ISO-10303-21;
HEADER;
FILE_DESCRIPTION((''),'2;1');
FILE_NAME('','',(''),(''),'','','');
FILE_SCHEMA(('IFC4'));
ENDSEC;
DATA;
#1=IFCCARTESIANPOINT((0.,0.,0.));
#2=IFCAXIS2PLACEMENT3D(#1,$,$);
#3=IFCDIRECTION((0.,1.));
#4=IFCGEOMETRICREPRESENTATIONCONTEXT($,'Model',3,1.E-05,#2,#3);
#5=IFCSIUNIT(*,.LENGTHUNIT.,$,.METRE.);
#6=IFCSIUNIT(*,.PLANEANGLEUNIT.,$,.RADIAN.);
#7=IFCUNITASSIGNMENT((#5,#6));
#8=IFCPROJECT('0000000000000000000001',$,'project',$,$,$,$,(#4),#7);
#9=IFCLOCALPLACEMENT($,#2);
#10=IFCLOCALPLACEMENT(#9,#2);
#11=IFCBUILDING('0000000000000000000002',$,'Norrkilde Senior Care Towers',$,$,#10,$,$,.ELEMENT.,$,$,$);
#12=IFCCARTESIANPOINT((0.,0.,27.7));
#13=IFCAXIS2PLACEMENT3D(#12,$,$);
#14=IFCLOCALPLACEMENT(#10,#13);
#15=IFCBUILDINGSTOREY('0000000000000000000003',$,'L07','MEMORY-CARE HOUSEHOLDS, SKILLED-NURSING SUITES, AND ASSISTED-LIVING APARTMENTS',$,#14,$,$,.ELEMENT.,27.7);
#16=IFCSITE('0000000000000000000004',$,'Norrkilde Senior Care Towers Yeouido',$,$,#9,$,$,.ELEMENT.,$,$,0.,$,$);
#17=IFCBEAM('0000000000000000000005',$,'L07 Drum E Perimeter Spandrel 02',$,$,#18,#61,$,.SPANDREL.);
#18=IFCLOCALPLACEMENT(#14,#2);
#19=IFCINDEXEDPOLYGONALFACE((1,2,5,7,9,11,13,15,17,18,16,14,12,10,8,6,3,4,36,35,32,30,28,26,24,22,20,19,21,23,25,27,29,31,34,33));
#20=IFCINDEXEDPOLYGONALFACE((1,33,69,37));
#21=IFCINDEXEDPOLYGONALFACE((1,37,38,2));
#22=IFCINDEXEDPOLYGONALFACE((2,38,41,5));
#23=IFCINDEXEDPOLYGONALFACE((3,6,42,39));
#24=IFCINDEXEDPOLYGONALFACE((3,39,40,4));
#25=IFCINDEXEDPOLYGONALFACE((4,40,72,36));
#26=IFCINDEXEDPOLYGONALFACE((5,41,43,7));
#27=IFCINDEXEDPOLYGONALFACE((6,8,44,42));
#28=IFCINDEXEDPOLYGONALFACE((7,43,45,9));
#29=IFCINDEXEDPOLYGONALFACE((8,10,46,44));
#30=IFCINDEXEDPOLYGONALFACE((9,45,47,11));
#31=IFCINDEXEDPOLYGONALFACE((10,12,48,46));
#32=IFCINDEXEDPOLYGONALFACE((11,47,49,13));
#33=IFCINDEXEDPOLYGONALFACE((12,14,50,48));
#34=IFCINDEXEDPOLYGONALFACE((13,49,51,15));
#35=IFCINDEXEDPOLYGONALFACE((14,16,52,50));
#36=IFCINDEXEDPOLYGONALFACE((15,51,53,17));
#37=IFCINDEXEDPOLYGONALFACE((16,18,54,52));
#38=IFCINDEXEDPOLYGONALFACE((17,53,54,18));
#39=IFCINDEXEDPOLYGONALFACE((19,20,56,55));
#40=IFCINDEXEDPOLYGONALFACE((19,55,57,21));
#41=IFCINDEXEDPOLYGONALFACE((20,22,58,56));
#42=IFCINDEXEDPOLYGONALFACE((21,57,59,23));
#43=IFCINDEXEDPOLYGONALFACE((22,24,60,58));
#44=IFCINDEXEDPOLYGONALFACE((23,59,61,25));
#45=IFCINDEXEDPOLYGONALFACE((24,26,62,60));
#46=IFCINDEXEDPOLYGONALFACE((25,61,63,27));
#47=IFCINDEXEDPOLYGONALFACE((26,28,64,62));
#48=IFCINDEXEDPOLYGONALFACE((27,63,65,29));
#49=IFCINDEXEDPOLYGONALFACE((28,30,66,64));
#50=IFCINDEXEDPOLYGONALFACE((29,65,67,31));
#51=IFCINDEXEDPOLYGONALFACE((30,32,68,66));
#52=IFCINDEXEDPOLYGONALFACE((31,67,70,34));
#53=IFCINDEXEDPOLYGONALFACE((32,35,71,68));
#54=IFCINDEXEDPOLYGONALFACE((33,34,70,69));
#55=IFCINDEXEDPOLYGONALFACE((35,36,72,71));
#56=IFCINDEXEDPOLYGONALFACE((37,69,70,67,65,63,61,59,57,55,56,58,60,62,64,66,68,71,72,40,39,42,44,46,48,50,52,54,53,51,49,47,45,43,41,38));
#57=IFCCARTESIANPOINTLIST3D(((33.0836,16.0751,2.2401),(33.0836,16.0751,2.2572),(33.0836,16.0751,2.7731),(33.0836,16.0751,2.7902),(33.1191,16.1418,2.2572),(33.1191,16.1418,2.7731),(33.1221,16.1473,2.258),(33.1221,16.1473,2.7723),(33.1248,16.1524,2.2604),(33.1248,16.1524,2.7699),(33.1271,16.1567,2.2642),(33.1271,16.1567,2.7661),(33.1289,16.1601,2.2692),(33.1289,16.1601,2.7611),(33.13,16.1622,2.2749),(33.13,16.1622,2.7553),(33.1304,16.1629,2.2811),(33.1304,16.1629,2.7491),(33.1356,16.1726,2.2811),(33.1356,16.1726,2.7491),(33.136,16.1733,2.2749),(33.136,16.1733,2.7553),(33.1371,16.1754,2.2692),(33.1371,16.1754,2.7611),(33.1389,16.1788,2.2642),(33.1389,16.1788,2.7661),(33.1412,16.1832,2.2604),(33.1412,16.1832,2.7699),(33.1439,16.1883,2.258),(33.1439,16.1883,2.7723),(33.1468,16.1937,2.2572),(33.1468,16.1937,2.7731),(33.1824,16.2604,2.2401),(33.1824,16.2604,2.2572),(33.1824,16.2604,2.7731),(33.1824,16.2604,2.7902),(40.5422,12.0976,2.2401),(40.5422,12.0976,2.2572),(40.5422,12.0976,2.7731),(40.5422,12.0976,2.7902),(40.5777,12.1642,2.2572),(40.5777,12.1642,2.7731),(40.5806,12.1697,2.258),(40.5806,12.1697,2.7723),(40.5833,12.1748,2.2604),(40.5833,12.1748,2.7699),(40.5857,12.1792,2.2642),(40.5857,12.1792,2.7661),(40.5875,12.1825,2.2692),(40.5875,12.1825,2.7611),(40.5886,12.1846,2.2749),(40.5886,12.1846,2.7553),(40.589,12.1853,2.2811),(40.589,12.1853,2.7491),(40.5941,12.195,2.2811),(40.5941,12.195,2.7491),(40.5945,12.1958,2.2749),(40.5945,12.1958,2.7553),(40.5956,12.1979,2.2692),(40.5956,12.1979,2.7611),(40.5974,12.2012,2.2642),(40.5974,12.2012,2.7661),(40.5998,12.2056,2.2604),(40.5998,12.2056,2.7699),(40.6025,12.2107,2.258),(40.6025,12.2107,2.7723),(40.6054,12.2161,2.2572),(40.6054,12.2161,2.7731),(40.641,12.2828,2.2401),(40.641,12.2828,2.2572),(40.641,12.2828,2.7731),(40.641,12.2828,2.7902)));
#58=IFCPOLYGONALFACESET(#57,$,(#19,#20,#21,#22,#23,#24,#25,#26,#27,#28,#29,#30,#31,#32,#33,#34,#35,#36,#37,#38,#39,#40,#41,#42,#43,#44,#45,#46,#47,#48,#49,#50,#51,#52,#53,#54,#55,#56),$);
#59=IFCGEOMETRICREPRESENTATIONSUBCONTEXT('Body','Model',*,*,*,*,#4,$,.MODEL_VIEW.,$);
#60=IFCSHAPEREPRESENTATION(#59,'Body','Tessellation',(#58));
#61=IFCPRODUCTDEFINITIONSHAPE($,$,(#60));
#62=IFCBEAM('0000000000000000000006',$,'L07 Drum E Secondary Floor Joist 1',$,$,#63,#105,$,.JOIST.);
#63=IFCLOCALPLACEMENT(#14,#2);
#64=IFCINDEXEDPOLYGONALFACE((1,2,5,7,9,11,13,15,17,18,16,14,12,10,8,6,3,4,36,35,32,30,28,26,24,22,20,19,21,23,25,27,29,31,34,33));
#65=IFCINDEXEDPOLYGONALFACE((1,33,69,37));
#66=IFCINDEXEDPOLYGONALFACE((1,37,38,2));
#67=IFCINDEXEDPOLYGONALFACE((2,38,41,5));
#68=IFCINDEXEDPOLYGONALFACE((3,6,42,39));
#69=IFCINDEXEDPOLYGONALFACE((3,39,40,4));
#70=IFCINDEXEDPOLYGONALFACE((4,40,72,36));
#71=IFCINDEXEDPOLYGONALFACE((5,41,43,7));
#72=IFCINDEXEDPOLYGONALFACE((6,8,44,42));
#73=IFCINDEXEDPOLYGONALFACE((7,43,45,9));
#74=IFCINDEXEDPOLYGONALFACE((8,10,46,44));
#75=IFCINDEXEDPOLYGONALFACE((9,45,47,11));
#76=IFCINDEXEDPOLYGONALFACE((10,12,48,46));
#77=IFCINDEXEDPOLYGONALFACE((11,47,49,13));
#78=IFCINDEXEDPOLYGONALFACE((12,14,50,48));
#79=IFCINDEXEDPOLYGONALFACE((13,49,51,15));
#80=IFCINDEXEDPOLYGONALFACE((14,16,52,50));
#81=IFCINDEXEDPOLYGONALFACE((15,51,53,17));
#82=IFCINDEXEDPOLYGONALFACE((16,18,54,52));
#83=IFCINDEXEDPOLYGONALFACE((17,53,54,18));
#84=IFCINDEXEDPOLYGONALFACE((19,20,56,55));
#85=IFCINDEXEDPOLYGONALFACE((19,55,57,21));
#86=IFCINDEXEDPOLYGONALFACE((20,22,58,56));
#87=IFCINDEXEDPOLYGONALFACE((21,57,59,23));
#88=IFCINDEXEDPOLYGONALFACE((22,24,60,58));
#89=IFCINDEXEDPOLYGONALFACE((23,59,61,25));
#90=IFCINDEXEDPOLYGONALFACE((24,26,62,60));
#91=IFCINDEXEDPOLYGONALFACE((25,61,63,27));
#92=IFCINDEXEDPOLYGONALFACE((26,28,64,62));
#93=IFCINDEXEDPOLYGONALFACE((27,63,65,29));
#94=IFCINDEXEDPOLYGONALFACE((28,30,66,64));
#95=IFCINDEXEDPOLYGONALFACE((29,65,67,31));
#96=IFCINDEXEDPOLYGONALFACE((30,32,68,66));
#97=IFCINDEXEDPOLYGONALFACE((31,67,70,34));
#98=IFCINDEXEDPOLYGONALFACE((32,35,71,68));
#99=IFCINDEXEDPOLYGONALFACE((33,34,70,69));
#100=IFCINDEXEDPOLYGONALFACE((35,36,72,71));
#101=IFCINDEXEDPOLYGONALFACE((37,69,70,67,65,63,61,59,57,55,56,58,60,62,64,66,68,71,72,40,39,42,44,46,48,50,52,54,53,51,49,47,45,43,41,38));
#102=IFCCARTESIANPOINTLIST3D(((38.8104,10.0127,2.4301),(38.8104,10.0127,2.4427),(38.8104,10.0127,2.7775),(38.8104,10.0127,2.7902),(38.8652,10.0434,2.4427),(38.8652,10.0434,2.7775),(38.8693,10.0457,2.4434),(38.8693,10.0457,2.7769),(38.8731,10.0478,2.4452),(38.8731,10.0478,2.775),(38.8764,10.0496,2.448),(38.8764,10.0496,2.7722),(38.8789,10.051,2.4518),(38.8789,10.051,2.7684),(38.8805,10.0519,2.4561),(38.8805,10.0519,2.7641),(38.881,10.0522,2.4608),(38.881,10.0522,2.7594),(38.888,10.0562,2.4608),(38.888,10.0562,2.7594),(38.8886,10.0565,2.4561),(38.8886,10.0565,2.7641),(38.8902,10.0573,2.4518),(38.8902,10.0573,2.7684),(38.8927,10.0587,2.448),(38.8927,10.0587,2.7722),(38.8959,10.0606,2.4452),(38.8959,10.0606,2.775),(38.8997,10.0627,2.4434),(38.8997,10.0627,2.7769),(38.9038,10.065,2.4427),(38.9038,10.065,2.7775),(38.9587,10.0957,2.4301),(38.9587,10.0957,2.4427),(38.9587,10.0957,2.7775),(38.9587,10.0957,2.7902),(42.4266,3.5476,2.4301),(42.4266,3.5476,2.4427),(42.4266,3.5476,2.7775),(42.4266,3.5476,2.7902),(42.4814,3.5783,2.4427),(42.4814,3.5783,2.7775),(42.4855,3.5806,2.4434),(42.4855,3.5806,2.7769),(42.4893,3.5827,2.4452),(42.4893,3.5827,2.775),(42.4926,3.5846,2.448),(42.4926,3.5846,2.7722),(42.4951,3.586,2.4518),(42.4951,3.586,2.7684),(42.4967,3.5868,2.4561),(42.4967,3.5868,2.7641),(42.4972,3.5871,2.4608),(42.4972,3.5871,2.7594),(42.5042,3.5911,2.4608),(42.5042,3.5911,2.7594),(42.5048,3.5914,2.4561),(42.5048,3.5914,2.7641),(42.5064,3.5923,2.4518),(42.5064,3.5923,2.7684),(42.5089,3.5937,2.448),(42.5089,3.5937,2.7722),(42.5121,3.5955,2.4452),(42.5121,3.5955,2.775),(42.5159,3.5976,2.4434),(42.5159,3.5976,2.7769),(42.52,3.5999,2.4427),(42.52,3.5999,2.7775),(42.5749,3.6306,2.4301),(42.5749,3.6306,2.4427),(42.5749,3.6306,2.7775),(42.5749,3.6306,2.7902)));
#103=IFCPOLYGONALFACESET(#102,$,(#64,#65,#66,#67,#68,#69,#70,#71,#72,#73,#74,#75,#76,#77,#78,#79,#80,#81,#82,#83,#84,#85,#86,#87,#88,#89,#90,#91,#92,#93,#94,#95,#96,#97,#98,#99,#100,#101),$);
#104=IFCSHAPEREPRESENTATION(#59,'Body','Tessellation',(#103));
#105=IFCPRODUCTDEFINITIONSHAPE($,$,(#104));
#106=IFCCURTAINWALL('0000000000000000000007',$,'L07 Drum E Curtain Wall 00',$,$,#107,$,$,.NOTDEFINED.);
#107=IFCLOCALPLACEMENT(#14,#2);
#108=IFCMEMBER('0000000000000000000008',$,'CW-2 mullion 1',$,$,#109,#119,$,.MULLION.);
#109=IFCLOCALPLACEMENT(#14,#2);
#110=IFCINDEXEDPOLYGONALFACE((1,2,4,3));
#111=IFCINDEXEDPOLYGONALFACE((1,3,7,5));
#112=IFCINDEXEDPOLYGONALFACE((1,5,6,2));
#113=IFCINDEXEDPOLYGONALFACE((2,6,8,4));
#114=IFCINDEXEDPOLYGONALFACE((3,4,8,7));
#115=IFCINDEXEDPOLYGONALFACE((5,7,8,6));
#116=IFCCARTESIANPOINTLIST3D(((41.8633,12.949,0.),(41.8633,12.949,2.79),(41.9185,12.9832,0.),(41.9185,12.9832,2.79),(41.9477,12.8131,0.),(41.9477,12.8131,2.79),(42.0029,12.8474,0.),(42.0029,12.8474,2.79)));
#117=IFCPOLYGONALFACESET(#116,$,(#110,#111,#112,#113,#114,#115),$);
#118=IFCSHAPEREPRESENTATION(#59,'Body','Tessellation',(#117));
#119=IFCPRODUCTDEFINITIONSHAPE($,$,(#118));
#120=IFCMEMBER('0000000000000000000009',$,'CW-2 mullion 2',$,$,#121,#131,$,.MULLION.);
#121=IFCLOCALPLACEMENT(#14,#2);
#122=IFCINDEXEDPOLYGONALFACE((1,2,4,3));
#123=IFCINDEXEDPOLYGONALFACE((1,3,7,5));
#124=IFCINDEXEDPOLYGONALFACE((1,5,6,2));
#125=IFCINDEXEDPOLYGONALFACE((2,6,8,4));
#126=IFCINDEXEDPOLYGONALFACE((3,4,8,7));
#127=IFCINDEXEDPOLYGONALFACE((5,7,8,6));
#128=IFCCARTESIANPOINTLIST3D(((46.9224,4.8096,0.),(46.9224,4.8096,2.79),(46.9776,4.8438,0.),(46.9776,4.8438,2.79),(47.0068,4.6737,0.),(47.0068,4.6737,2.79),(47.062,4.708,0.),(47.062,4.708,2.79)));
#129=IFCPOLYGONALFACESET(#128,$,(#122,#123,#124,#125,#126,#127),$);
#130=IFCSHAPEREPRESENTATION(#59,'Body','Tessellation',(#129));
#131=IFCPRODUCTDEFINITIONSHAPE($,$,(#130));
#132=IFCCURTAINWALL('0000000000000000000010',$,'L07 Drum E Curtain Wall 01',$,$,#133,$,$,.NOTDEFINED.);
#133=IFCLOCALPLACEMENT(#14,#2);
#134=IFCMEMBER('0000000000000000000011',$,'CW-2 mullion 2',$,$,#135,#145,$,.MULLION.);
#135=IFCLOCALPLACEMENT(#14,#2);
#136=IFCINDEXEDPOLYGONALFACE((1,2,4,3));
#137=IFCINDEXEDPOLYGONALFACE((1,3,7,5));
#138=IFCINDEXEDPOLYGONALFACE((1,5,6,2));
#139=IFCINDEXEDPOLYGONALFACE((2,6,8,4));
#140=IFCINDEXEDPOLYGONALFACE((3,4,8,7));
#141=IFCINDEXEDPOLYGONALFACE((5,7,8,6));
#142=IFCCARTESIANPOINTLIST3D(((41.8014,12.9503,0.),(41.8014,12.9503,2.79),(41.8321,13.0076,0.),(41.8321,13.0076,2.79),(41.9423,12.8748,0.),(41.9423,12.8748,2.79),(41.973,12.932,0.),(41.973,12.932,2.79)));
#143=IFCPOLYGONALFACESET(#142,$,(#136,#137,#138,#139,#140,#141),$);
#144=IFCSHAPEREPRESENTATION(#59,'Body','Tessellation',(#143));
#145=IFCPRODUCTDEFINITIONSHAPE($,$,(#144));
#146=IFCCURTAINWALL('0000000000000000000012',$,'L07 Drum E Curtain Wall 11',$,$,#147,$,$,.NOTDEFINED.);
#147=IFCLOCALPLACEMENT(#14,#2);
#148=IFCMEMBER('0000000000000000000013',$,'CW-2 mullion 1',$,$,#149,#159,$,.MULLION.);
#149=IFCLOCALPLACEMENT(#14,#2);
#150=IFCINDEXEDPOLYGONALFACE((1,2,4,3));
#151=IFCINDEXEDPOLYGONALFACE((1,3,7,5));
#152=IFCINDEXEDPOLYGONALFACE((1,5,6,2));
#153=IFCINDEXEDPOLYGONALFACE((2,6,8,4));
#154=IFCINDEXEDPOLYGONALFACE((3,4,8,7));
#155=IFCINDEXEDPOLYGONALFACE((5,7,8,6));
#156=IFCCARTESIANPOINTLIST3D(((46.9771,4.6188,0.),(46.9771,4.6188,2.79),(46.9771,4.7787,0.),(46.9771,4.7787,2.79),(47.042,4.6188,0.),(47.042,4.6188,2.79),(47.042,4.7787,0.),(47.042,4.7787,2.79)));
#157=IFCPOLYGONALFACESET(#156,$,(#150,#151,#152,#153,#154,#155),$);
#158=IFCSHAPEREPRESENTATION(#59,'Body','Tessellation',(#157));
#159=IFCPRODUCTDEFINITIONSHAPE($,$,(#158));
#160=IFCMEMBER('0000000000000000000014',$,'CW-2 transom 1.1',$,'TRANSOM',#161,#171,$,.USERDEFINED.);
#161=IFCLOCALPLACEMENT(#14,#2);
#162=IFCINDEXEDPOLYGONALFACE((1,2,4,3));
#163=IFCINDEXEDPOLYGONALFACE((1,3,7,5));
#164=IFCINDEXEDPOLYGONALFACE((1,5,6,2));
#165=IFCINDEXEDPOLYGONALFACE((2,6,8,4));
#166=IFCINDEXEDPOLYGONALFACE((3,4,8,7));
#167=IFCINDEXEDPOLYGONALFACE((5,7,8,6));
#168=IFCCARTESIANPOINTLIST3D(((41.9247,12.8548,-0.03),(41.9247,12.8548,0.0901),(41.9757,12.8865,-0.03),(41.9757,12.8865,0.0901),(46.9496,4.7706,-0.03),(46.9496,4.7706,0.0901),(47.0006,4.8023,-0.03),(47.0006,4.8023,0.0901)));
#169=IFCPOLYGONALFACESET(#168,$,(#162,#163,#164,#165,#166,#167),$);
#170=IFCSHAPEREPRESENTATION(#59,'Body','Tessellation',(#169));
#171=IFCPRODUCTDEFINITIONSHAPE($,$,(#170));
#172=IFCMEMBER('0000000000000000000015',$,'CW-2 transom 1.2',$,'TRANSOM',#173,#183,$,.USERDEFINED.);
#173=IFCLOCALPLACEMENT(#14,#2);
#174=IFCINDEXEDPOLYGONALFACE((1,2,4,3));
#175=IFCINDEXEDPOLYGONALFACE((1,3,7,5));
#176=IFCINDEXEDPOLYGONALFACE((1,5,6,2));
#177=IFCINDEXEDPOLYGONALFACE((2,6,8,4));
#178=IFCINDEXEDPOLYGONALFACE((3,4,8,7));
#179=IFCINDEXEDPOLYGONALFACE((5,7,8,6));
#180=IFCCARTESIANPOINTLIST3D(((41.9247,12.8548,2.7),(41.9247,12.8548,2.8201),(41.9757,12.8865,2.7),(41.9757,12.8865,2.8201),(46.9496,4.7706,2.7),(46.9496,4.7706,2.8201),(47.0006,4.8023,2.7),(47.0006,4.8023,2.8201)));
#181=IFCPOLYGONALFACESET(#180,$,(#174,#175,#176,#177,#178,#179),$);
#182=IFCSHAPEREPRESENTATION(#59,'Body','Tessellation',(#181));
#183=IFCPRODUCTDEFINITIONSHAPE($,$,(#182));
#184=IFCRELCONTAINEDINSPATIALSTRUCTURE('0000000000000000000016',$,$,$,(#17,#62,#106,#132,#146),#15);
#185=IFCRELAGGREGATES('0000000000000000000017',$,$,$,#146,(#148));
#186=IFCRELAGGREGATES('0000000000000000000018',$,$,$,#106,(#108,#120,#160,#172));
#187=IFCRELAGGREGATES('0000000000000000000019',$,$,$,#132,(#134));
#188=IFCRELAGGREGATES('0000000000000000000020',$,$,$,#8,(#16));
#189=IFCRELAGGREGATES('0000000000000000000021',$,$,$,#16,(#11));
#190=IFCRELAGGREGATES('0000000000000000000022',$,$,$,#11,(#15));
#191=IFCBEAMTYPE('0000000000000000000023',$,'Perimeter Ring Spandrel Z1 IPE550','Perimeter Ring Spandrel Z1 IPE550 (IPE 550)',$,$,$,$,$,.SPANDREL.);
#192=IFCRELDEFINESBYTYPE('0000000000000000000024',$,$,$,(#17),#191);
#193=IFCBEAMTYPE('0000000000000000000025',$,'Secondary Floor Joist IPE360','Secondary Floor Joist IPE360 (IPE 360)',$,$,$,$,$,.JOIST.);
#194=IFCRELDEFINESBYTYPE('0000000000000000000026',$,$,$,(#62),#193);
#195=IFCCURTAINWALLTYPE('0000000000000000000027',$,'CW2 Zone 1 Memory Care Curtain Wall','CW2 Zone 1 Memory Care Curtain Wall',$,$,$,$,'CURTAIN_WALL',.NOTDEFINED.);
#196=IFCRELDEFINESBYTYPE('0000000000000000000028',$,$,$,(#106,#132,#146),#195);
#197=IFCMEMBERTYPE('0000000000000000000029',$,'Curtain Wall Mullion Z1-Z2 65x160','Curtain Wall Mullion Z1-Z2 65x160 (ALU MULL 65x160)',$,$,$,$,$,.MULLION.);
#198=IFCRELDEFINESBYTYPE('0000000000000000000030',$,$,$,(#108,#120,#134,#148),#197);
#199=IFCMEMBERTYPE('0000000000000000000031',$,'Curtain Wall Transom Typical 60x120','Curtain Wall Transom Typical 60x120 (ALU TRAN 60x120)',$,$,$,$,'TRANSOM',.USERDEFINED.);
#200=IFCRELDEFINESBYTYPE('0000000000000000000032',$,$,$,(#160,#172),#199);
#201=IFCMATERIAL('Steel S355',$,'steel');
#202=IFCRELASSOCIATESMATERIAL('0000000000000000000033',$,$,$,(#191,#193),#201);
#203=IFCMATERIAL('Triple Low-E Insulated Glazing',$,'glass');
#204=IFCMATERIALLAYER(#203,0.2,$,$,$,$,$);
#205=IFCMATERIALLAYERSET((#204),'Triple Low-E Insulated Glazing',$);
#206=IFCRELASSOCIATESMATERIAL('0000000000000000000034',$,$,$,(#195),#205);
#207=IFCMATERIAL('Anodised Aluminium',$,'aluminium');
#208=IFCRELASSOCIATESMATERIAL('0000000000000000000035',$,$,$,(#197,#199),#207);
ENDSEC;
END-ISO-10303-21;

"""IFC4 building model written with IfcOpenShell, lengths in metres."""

from ifc_helpers import new_model, si_unit, direction, frame, origin, origin_2d, place, context, subcontext, project, spatial, rectangle, i_section, extrude, source, transform, mapped, material, layer, layer_set, material_profile, profile_set, type_object, type_shapes, element, aggregate, save


model = new_model("IFC4")

# Units and contexts
model_context = context("Model", 3, precision=1e-05, world=origin(), true_north=direction((0.0, 1.0)))
body_context = subcontext(model_context, "Body", "Model", "MODEL_VIEW")
ifc_project = project(units=[si_unit("LENGTHUNIT", "METRE"), si_unit("PLANEANGLEUNIT", "RADIAN")], contexts=[model_context])

# Site, building, storey
site_placement = place(None, origin())
site = spatial("IfcSite", under=ifc_project, at=site_placement, Name="Norrkilde Senior Care Towers Yeouido", CompositionType="ELEMENT", RefElevation=0.0)
building_placement = place(site_placement, origin())
building = spatial("IfcBuilding", under=site, at=building_placement, Name="Norrkilde Senior Care Towers", CompositionType="ELEMENT")
storey_placement = place(building_placement, frame((0.0, 0.0, 27.7)))
storey = spatial("IfcBuildingStorey", under=building, at=storey_placement, Name="L07", Description="MEMORY-CARE HOUSEHOLDS, SKILLED-NURSING SUITES, AND ASSISTED-LIVING APARTMENTS", CompositionType="ELEMENT", Elevation=27.7)

# Beams
ifc_material_1 = material(Name="Steel S355", Category="steel")
ifc_material_profile_1 = material_profile(ifc_material_1, i_section(OverallWidth=0.21, OverallDepth=0.55, WebThickness=0.011, FlangeThickness=0.0171, FilletRadius=0.0239, at=origin_2d()), Name="IPE 550")
ifc_profile_set_1 = profile_set([ifc_material_profile_1], Name="Steel S355")
beam_type_1 = type_object("IfcBeamType", Name="Perimeter Ring Spandrel Z1 IPE550", Description="Perimeter Ring Spandrel Z1 IPE550 (IPE 550)", PredefinedType="SPANDREL", material=ifc_profile_set_1)
shared_shape_1 = source(origin(), body_context, "Body", "SweptSolid", [
    extrude(i_section(OverallWidth=0.21, OverallDepth=0.55, WebThickness=0.011, FlangeThickness=0.0171, FilletRadius=0.0239, at=origin_2d()), origin(), (0.0, 0.0, 1.0), 8.4529),
])
beam_1_placement = place(storey_placement, frame((40.5916, 12.1902, 2.5151), z_axis=(-0.882369, 0.470558, 0.0), x_axis=(-0.470558, -0.882369, 0.0)))
element("IfcBeam", 1, at=beam_1_placement, inside=storey, type_object=beam_type_1, Name="L07 Drum E Perimeter Spandrel 02", PredefinedType="SPANDREL", context=body_context, shape_type="MappedRepresentation", body=[
    mapped(shared_shape_1, transform((0.0, 0.0, 0.0), x_axis=(1.0, 0.0, 0.0), y_axis=(0.0, 1.0, 0.0), z_axis=(0.0, 0.0, 1.0), scale=1.0)),
])
ifc_material_profile_2 = material_profile(ifc_material_1, i_section(OverallWidth=0.1699, OverallDepth=0.3601, WebThickness=0.0081, FlangeThickness=0.0127, FilletRadius=0.0181, at=origin_2d()), Name="IPE 360")
ifc_profile_set_2 = profile_set([ifc_material_profile_2], Name="Steel S355")
beam_type_2 = type_object("IfcBeamType", Name="Secondary Floor Joist IPE360", Description="Secondary Floor Joist IPE360 (IPE 360)", PredefinedType="JOIST", material=ifc_profile_set_2)
shared_shape_2 = source(origin(), body_context, "Body", "SweptSolid", [
    extrude(i_section(OverallWidth=0.1699, OverallDepth=0.3601, WebThickness=0.0081, FlangeThickness=0.0127, FilletRadius=0.0181, at=origin_2d()), origin(), (0.0, 0.0, 1.0), 7.4077),
])
type_shapes(beam_type_2, [shared_shape_2])
beam_2_placement = place(storey_placement, frame((42.5007, 3.5891, 2.6101), z_axis=(-0.488168, 0.87275, 0.0), x_axis=(-0.87275, -0.488168, 0.0)))
element("IfcBeam", 2, at=beam_2_placement, inside=storey, type_object=beam_type_2, Name="L07 Drum E Secondary Floor Joist 1", PredefinedType="JOIST", context=body_context, shape_type="MappedRepresentation", body=[
    mapped(shared_shape_2, transform((0.0, 0.0, 0.0), x_axis=(1.0, 0.0, 0.0), y_axis=(0.0, 1.0, 0.0), z_axis=(0.0, 0.0, 1.0), scale=1.0)),
])

# Curtain wall, members
ifc_material_2 = material(Name="Triple Low-E Insulated Glazing", Category="glass")
ifc_layer_1 = layer(ifc_material_2, 0.2)
ifc_layer_set_1 = layer_set([ifc_layer_1], Name="Triple Low-E Insulated Glazing")
curtain_wall_type = type_object("IfcCurtainWallType", Name="CW2 Zone 1 Memory Care Curtain Wall", Description="CW2 Zone 1 Memory Care Curtain Wall", ElementType="CURTAIN_WALL", PredefinedType="NOTDEFINED", material=ifc_layer_set_1)
curtain_wall_1_placement = place(storey_placement, origin())
curtain_wall_1 = element("IfcCurtainWall", 3, at=curtain_wall_1_placement, inside=storey, type_object=curtain_wall_type, Name="L07 Drum E Curtain Wall 00", PredefinedType="NOTDEFINED")
ifc_material_3 = material(Name="Anodised Aluminium", Category="aluminium")
ifc_material_profile_3 = material_profile(ifc_material_3, rectangle(XDim=0.0649, YDim=0.1599, at=origin_2d()), Name="ALU MULL 65x160")
ifc_profile_set_3 = profile_set([ifc_material_profile_3], Name="Anodised Aluminium")
member_type_1 = type_object("IfcMemberType", Name="Curtain Wall Mullion Z1-Z2 65x160", Description="Curtain Wall Mullion Z1-Z2 65x160 (ALU MULL 65x160)", PredefinedType="MULLION", material=ifc_profile_set_3)
shared_shape_3 = source(origin(), body_context, "Body", "SweptSolid", [
    extrude(rectangle(XDim=0.0649, YDim=0.1599, at=origin_2d()), origin(), (0.0, 0.0, 1.0), 2.79),
])
type_shapes(member_type_1, [shared_shape_3])
member_1_placement = place(storey_placement, frame((41.9331, 12.8982, 0.0), z_axis=(0.0, 0.0, 1.0), x_axis=(0.849306, 0.527901, 0.0)))
member_1 = element("IfcMember", 4, at=member_1_placement, type_object=member_type_1, Name="CW-2 mullion 1", PredefinedType="MULLION", context=body_context, shape_type="MappedRepresentation", body=[
    mapped(shared_shape_3, transform((0.0, 0.0, 0.0), x_axis=(1.0, 0.0, 0.0), y_axis=(0.0, 1.0, 0.0), z_axis=(0.0, 0.0, 1.0), scale=1.0)),
])
member_2_placement = place(storey_placement, frame((46.9922, 4.7588, 0.0), z_axis=(0.0, 0.0, 1.0), x_axis=(0.849306, 0.527901, 0.0)))
member_2 = element("IfcMember", 5, at=member_2_placement, type_object=member_type_1, Name="CW-2 mullion 2", PredefinedType="MULLION", context=body_context, shape_type="MappedRepresentation", body=[
    mapped(shared_shape_3, transform((0.0, 0.0, 0.0), x_axis=(1.0, 0.0, 0.0), y_axis=(0.0, 1.0, 0.0), z_axis=(0.0, 0.0, 1.0), scale=1.0)),
])

# Curtain walls, members
curtain_wall_2_placement = place(storey_placement, origin())
curtain_wall_2 = element("IfcCurtainWall", 6, at=curtain_wall_2_placement, inside=storey, type_object=curtain_wall_type, Name="L07 Drum E Curtain Wall 01", PredefinedType="NOTDEFINED")
member_3_placement = place(storey_placement, frame((41.8872, 12.9412, 0.0), z_axis=(0.0, 0.0, 1.0), x_axis=(0.472608, 0.881273, 0.0)))
member_3 = element("IfcMember", 7, at=member_3_placement, type_object=member_type_1, Name="CW-2 mullion 2", PredefinedType="MULLION", context=body_context, shape_type="MappedRepresentation", body=[
    mapped(shared_shape_3, transform((0.0, 0.0, 0.0), x_axis=(1.0, 0.0, 0.0), y_axis=(0.0, 1.0, 0.0), z_axis=(0.0, 0.0, 1.0), scale=1.0)),
])
curtain_wall_3_placement = place(storey_placement, origin())
curtain_wall_3 = element("IfcCurtainWall", 8, at=curtain_wall_3_placement, inside=storey, type_object=curtain_wall_type, Name="L07 Drum E Curtain Wall 11", PredefinedType="NOTDEFINED")
member_4_placement = place(storey_placement, frame((47.0095, 4.6987, 0.0), z_axis=(0.0, 0.0, 1.0), x_axis=(1.0, 0.0, 0.0)))
member_4 = element("IfcMember", 9, at=member_4_placement, type_object=member_type_1, Name="CW-2 mullion 1", PredefinedType="MULLION", context=body_context, shape_type="MappedRepresentation", body=[
    mapped(shared_shape_3, transform((0.0, 0.0, 0.0), x_axis=(1.0, 0.0, 0.0), y_axis=(0.0, 1.0, 0.0), z_axis=(0.0, 0.0, 1.0), scale=1.0)),
])

# Members
ifc_material_profile_4 = material_profile(ifc_material_3, rectangle(XDim=0.0601, YDim=0.1201, at=origin_2d()), Name="ALU TRAN 60x120")
ifc_profile_set_4 = profile_set([ifc_material_profile_4], Name="Anodised Aluminium")
member_type_2 = type_object("IfcMemberType", Name="Curtain Wall Transom Typical 60x120", Description="Curtain Wall Transom Typical 60x120 (ALU TRAN 60x120)", ElementType="TRANSOM", PredefinedType="USERDEFINED", material=ifc_profile_set_4)
shared_shape_4 = source(origin(), body_context, "Body", "SweptSolid", [
    extrude(rectangle(XDim=0.0601, YDim=0.1201, at=origin_2d()), origin(), (0.0, 0.0, 1.0), 9.5186),
])
member_5_placement = place(storey_placement, frame((41.9502, 12.8706, 0.03), z_axis=(0.527902, -0.849306, 0.0), x_axis=(0.849306, 0.527902, 0.0)))
member_5 = element("IfcMember", 10, at=member_5_placement, type_object=member_type_2, Name="CW-2 transom 1.1", ObjectType="TRANSOM", PredefinedType="USERDEFINED", context=body_context, shape_type="MappedRepresentation", body=[
    mapped(shared_shape_4, transform((0.0, 0.0, 0.0), x_axis=(1.0, 0.0, 0.0), y_axis=(0.0, 1.0, 0.0), z_axis=(0.0, 0.0, 1.0), scale=1.0)),
])
member_6_placement = place(storey_placement, frame((41.9502, 12.8706, 2.76), z_axis=(0.527902, -0.849306, 0.0), x_axis=(0.849306, 0.527902, 0.0)))
member_6 = element("IfcMember", 11, at=member_6_placement, type_object=member_type_2, Name="CW-2 transom 1.2", ObjectType="TRANSOM", PredefinedType="USERDEFINED", context=body_context, shape_type="MappedRepresentation", body=[
    mapped(shared_shape_4, transform((0.0, 0.0, 0.0), x_axis=(1.0, 0.0, 0.0), y_axis=(0.0, 1.0, 0.0), z_axis=(0.0, 0.0, 1.0), scale=1.0)),
])
aggregate(curtain_wall_3, [member_4])

aggregate(curtain_wall_1, [member_1, member_2, member_5, member_6])
aggregate(curtain_wall_2, [member_3])

save(model, "model.ifc")
